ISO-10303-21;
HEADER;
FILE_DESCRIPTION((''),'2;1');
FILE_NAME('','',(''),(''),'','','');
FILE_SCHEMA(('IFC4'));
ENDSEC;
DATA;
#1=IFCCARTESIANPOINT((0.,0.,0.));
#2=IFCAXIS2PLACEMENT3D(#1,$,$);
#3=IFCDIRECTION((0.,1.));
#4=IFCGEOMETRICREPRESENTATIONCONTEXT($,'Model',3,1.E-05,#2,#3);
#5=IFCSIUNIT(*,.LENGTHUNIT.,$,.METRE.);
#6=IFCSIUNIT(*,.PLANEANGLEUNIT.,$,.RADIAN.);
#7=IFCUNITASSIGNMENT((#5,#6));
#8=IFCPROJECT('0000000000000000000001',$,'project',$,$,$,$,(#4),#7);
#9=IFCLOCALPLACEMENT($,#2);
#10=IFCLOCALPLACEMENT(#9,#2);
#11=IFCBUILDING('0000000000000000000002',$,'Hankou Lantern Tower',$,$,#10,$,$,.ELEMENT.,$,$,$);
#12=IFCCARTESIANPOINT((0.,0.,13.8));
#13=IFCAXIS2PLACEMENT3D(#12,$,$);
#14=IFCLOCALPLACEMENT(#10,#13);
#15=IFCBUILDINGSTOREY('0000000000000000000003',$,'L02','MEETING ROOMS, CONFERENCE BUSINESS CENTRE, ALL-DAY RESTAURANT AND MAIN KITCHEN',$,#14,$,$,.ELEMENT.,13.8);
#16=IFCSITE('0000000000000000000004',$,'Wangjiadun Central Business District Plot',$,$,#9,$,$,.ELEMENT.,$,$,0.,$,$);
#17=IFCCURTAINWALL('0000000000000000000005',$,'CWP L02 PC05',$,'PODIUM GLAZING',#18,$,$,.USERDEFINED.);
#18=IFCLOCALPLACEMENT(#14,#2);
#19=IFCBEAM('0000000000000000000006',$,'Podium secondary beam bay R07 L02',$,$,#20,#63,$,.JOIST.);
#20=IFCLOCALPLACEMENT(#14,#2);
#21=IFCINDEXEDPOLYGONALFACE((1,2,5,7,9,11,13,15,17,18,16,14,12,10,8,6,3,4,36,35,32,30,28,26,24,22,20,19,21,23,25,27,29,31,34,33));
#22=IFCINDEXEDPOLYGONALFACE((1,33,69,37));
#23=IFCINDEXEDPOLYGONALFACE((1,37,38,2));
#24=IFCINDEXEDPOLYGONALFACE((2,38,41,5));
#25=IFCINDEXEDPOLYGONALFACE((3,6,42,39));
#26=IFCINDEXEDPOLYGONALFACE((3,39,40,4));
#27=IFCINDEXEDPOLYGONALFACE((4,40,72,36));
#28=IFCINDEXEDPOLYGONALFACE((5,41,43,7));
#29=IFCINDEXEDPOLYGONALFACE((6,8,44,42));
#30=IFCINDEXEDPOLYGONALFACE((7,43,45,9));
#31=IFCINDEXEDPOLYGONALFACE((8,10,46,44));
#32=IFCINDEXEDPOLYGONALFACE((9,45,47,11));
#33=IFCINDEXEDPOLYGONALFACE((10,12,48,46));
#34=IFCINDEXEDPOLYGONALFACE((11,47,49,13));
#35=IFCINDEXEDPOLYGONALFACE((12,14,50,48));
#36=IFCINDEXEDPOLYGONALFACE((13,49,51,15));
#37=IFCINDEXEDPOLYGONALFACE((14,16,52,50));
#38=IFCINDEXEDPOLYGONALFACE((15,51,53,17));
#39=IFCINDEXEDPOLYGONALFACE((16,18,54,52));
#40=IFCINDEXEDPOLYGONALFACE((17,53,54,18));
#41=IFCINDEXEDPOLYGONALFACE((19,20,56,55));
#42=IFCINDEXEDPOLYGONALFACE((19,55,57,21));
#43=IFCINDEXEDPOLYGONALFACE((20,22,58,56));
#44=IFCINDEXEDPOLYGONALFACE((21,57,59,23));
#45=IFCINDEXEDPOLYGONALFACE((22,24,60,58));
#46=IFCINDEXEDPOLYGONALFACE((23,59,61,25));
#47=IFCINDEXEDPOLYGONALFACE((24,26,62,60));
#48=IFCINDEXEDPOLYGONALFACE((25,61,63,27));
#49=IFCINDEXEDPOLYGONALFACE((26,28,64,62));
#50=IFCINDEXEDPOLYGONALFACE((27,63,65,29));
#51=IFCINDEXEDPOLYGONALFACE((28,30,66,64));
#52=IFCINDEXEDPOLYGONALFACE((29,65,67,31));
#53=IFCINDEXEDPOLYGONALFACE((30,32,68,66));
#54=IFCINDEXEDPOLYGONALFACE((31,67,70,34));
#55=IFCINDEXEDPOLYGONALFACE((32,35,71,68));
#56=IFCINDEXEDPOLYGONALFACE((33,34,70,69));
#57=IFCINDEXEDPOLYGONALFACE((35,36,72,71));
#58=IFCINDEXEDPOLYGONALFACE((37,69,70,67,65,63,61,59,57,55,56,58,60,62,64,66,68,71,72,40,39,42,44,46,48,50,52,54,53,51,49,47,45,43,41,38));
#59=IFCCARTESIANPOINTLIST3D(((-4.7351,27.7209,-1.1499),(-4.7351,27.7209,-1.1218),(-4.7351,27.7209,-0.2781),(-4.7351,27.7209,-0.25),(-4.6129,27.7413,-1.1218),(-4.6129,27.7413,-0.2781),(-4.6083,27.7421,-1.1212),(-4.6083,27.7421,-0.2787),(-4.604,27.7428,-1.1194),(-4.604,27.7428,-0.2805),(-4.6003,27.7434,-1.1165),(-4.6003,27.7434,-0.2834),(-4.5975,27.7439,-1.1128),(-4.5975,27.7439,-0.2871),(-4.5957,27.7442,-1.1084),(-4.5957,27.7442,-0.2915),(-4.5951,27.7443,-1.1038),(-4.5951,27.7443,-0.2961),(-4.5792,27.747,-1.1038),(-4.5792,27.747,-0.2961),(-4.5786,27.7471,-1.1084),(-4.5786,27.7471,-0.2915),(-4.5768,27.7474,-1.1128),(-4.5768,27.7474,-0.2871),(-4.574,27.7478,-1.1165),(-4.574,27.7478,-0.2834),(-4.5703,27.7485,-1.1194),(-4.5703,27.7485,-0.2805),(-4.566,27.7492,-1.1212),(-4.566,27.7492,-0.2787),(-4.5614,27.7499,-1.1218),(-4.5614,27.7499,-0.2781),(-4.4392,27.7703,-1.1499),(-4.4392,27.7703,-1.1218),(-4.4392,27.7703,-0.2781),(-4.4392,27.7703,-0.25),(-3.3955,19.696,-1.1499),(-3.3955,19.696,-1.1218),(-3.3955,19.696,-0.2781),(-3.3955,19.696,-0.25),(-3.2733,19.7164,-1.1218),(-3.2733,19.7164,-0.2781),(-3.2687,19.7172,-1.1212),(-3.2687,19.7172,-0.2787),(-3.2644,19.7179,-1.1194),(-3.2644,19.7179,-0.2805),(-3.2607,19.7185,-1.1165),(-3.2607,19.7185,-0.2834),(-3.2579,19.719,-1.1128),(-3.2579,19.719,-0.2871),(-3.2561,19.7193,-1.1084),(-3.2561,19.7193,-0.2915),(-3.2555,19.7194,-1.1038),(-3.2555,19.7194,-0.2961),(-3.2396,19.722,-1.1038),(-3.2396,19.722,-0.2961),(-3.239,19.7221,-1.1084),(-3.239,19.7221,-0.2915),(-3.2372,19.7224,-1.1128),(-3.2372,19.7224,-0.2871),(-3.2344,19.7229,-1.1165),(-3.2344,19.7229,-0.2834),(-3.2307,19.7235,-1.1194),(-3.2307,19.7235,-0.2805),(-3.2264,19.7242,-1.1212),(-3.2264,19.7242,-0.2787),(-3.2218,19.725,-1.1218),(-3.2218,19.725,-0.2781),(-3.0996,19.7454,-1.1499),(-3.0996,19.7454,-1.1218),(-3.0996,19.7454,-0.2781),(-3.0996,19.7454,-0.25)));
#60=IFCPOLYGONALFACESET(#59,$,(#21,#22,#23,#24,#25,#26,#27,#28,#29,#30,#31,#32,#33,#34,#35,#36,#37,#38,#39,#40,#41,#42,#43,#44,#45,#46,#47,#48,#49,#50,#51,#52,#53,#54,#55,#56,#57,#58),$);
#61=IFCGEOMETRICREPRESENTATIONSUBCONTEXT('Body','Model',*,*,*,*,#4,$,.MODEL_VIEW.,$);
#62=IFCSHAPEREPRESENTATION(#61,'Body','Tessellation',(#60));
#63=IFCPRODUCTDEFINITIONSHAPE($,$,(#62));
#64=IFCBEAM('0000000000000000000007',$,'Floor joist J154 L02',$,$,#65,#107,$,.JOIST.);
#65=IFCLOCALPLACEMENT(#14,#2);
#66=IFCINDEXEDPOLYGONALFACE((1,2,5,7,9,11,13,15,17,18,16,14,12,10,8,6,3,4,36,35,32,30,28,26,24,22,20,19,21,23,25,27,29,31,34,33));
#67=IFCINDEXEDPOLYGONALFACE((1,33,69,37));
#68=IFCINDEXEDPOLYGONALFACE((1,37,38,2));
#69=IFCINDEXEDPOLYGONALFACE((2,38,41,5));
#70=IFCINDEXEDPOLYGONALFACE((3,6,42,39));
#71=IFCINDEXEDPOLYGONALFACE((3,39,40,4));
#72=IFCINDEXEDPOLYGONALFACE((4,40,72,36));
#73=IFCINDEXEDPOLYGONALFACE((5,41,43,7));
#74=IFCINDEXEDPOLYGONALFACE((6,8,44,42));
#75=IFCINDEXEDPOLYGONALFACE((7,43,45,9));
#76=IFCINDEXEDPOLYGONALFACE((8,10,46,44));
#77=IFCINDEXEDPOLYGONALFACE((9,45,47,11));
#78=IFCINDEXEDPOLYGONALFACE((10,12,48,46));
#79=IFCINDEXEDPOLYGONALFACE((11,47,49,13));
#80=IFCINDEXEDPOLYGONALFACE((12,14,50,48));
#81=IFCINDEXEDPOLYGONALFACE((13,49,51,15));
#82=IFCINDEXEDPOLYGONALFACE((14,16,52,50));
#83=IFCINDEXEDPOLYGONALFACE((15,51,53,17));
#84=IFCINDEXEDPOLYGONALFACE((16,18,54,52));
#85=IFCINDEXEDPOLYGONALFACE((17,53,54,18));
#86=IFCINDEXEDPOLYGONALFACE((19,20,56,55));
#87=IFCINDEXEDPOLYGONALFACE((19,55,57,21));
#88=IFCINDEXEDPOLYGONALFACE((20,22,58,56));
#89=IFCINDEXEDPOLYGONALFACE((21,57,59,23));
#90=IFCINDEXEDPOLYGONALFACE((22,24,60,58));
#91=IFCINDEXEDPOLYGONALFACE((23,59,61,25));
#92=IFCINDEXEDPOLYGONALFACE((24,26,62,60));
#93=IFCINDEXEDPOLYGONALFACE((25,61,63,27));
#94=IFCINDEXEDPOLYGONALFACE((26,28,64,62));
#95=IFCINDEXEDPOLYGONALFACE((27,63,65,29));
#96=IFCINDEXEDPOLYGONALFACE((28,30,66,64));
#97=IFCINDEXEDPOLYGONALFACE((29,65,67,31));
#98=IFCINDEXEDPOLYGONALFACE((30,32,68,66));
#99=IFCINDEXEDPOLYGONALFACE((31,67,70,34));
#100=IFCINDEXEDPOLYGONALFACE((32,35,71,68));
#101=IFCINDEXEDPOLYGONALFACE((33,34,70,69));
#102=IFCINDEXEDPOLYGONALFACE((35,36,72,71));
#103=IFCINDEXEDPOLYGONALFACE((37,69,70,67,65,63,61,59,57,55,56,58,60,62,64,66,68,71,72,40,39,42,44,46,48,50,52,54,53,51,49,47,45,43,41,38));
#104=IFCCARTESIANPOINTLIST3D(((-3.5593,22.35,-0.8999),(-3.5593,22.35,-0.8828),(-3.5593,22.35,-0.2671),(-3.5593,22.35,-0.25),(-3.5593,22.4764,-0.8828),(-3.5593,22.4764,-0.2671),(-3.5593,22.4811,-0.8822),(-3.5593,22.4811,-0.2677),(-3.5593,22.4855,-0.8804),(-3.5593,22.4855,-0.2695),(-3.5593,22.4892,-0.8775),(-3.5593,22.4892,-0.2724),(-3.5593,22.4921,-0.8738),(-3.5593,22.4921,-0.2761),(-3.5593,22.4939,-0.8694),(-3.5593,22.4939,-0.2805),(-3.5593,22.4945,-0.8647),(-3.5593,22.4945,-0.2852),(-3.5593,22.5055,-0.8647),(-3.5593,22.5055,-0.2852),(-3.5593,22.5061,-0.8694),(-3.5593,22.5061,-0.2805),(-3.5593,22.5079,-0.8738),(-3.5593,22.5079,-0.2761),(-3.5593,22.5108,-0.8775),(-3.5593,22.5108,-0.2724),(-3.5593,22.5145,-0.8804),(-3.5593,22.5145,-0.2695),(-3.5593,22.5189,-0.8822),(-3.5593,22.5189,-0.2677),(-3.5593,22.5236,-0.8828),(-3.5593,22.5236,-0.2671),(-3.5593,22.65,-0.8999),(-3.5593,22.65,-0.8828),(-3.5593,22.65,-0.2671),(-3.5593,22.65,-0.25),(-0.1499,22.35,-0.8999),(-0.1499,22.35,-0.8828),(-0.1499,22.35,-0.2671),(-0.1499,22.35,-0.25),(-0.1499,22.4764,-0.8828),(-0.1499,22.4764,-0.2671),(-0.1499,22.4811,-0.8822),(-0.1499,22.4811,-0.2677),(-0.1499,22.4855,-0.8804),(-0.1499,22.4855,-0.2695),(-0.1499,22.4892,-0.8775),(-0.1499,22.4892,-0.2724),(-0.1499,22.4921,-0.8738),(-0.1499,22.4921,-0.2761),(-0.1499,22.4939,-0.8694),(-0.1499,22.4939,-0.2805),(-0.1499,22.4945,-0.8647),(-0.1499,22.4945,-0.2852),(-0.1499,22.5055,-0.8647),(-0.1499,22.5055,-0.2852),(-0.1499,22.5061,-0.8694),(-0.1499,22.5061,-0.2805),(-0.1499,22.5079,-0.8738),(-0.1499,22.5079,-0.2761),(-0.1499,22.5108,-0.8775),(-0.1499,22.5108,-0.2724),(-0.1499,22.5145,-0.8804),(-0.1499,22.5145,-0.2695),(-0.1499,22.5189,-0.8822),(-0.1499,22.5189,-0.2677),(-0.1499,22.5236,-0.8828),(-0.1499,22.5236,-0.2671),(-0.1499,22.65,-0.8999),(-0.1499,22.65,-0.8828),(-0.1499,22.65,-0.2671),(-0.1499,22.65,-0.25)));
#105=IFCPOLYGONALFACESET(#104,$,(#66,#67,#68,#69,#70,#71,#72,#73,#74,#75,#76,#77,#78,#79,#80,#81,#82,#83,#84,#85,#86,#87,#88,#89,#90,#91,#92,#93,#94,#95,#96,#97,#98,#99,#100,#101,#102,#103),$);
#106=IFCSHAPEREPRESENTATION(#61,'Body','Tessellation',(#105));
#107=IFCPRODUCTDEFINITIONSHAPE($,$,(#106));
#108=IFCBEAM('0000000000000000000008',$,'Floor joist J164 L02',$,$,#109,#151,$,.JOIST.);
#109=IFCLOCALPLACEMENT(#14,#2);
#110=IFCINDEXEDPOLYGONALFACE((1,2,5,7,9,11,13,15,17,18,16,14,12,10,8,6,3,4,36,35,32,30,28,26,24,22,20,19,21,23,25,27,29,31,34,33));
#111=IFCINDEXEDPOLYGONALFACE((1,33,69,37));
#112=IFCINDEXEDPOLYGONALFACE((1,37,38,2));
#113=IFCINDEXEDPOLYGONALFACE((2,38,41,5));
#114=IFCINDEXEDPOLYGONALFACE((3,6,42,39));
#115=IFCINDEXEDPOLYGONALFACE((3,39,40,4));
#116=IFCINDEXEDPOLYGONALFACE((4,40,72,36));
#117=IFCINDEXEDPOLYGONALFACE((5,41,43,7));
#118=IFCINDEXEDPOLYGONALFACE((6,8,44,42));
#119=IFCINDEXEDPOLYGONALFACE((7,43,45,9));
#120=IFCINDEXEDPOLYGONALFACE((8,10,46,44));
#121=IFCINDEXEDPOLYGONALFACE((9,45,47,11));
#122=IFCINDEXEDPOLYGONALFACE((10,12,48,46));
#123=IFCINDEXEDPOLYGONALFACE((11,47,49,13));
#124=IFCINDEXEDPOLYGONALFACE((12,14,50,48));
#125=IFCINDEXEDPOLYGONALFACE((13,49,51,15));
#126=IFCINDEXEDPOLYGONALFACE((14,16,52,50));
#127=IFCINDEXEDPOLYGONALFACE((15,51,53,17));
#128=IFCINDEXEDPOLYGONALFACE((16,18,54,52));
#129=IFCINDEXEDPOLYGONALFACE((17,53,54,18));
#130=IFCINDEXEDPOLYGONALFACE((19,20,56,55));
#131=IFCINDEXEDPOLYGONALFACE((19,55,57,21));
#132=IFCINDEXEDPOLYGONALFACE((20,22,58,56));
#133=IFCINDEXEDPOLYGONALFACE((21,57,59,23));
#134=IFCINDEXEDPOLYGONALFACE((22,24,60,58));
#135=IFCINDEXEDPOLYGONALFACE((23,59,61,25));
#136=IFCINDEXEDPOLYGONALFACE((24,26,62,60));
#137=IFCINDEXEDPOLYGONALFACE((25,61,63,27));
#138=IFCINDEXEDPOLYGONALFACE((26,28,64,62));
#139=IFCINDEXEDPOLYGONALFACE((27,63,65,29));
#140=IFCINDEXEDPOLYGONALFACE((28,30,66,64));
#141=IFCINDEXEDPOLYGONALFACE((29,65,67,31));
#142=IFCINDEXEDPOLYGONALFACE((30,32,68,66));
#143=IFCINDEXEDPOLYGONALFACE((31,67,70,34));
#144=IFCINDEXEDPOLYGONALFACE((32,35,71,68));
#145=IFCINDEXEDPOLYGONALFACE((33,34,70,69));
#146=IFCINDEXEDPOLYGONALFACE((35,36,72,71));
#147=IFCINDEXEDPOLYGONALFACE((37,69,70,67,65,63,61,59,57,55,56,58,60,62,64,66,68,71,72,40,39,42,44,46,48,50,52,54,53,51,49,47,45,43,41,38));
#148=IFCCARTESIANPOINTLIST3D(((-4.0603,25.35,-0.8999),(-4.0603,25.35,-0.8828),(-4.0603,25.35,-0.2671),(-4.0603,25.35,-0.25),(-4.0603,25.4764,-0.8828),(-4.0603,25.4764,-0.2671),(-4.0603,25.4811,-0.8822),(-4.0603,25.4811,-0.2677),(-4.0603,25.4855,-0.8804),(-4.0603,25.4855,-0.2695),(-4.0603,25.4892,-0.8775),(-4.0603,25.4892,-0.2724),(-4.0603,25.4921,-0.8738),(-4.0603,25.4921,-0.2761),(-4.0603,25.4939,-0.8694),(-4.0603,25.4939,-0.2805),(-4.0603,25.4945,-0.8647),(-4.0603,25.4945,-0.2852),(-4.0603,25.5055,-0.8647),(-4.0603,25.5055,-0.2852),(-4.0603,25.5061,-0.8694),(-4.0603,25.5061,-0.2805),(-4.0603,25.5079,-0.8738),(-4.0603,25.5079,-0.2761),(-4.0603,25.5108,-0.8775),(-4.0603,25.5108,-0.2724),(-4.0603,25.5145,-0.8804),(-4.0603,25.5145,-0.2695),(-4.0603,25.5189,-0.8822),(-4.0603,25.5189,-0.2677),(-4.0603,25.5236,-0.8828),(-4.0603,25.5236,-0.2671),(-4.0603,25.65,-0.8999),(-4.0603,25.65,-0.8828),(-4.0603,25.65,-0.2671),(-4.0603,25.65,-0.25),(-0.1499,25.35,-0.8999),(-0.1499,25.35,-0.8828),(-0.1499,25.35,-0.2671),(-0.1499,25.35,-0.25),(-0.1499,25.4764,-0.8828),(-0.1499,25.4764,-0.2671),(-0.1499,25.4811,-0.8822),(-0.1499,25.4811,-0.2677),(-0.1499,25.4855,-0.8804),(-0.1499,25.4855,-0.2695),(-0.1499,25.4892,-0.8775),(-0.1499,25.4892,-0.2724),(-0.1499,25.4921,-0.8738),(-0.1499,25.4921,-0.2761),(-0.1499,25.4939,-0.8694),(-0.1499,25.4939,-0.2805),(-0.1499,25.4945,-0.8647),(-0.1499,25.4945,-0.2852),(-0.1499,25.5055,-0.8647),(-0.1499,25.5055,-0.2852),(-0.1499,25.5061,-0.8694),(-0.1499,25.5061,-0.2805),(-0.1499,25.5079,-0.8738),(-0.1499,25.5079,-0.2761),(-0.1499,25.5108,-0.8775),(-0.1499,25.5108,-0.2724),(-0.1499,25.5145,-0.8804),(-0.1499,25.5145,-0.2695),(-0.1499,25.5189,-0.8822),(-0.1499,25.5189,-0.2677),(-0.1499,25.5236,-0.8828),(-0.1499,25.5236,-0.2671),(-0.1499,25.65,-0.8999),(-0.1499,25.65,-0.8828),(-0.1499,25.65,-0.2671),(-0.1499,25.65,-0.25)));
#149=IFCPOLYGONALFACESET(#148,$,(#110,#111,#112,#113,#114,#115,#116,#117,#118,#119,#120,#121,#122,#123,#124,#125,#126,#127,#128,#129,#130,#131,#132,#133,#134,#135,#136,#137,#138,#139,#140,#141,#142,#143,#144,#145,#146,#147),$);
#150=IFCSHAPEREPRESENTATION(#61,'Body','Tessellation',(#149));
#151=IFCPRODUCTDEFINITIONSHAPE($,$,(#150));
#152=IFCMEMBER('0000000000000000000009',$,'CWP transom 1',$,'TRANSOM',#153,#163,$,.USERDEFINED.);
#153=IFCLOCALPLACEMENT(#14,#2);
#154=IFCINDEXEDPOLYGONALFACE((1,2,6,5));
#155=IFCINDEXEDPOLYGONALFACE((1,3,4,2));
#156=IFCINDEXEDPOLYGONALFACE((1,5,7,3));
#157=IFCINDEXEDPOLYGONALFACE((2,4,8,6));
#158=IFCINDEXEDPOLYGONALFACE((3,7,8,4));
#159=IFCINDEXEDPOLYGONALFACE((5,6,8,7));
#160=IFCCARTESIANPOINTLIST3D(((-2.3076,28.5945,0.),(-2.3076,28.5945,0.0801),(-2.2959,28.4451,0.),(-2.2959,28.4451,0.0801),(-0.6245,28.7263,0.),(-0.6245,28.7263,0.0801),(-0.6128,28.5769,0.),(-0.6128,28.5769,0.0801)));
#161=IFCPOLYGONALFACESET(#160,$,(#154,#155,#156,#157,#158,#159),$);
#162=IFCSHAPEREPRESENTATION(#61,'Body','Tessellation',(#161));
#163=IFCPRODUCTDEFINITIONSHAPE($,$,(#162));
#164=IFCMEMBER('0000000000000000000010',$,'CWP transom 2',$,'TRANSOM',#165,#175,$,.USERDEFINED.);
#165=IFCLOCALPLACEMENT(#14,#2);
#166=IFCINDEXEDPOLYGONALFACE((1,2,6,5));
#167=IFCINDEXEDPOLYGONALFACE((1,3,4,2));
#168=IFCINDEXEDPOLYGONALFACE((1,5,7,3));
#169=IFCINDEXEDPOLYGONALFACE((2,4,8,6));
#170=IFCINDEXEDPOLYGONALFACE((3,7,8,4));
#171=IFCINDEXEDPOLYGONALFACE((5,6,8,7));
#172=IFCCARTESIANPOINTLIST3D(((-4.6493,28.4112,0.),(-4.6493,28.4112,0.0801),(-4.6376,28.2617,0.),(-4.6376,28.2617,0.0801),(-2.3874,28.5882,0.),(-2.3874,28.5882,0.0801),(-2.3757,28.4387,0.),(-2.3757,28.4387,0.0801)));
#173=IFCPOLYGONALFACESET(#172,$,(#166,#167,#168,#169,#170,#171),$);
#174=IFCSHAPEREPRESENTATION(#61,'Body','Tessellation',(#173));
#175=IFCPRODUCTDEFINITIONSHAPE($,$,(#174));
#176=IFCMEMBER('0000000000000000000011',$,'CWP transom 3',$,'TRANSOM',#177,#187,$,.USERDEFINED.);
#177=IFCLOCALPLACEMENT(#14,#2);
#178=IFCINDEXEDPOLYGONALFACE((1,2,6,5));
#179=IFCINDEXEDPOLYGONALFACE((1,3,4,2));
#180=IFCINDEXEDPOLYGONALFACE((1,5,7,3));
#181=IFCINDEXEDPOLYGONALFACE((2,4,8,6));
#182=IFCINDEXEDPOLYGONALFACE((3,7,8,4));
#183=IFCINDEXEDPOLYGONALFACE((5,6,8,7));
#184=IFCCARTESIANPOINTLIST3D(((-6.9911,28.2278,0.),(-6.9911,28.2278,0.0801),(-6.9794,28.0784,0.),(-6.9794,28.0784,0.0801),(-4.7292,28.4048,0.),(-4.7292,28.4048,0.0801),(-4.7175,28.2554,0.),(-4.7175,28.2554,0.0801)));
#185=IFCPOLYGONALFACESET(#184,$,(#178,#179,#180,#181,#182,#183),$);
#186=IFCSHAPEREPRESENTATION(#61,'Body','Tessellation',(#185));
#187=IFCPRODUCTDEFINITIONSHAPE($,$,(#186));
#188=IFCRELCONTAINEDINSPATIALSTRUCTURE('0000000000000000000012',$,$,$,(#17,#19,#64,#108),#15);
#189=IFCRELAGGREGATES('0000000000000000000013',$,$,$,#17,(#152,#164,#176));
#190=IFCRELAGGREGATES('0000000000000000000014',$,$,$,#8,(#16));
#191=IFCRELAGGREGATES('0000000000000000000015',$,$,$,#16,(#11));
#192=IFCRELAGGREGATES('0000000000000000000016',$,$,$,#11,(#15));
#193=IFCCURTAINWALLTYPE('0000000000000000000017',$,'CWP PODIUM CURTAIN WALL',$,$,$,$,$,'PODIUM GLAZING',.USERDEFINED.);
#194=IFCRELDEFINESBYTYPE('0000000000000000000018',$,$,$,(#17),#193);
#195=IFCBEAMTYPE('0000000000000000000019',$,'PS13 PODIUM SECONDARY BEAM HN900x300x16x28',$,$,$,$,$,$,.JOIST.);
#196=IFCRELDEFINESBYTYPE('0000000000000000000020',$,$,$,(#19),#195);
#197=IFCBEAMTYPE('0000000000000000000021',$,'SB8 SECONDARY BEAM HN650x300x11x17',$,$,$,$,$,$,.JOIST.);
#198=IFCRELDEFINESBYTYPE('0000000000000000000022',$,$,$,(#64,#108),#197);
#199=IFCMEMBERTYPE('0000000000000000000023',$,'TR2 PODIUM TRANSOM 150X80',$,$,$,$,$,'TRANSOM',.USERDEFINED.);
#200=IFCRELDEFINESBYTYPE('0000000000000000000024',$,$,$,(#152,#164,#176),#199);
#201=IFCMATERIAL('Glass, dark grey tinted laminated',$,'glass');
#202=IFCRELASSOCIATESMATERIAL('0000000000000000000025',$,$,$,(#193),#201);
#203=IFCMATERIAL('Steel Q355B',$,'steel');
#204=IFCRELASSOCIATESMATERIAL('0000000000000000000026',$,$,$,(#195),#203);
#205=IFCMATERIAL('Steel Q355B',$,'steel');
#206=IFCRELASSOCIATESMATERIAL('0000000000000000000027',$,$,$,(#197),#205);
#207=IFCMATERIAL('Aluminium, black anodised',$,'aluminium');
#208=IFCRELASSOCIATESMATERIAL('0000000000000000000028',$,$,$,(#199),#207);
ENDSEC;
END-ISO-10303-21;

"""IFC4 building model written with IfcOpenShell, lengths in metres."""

from ifc_helpers import new_model, si_unit, direction, frame, origin, origin_2d, place, context, subcontext, project, spatial, rectangle, i_section, extrude, material, material_profile, profile_set, type_object, element, aggregate, save


model = new_model("IFC4")

# Units and contexts
model_context = context("Model", 3, precision=1e-05, world=origin(), true_north=direction((0.0, 1.0)))
body_context = subcontext(model_context, "Body", "Model", "MODEL_VIEW")
ifc_project = project(units=[si_unit("LENGTHUNIT", "METRE"), si_unit("PLANEANGLEUNIT", "RADIAN")], contexts=[model_context])

# Site, building, storey
site_placement = place(None, origin())
site = spatial("IfcSite", under=ifc_project, at=site_placement, Name="Wangjiadun Central Business District Plot", CompositionType="ELEMENT", RefElevation=0.0)
building_placement = place(site_placement, origin())
building = spatial("IfcBuilding", under=site, at=building_placement, Name="Hankou Lantern Tower", CompositionType="ELEMENT")
storey_placement = place(building_placement, frame((0.0, 0.0, 13.8)))
storey = spatial("IfcBuildingStorey", under=building, at=storey_placement, Name="L02", Description="MEETING ROOMS, CONFERENCE BUSINESS CENTRE, ALL-DAY RESTAURANT AND MAIN KITCHEN", CompositionType="ELEMENT", Elevation=13.8)

# Curtain wall
ifc_material_1 = material(Name="Glass, dark grey tinted laminated", Category="glass")
curtain_wall_type = type_object("IfcCurtainWallType", Name="CWP PODIUM CURTAIN WALL", ElementType="PODIUM GLAZING", PredefinedType="USERDEFINED", material=ifc_material_1)
curtain_wall_placement = place(storey_placement, origin())
curtain_wall = element("IfcCurtainWall", 1, at=curtain_wall_placement, inside=storey, type_object=curtain_wall_type, Name="CWP L02 PC05", ObjectType="PODIUM GLAZING", PredefinedType="USERDEFINED")

# Beams
ifc_material_2 = material(Name="Steel Q355B", Category="steel")
ifc_material_profile_1 = material_profile(ifc_material_2, i_section(OverallWidth=0.3, OverallDepth=0.8999, WebThickness=0.0161, FlangeThickness=0.0281, FilletRadius=0.0181, at=origin_2d()), Name="HN900x300x16x28")
ifc_profile_set_1 = profile_set([ifc_material_profile_1], Name="Steel Q355B")
beam_type_1 = type_object("IfcBeamType", Name="PS13 PODIUM SECONDARY BEAM HN900x300x16x28", PredefinedType="JOIST", material=ifc_profile_set_1)
beam_1_placement = place(storey_placement, frame((-3.2476, 19.7207, -0.7), z_axis=(-0.164652, 0.986352, 0.0), x_axis=(-0.986352, -0.164652, 0.0)))
element("IfcBeam", 2, at=beam_1_placement, inside=storey, type_object=beam_type_1, Name="Podium secondary beam bay R07 L02", PredefinedType="JOIST", context=body_context, shape_type="SweptSolid", body=[
    extrude(i_section(OverallWidth=0.3, OverallDepth=0.8999, WebThickness=0.0161, FlangeThickness=0.0281, FilletRadius=0.0181, at=origin_2d()), origin(), (0.0, 0.0, 1.0), 8.136),
])
ifc_material_3 = material(Name="Steel Q355B", Category="steel")
ifc_material_profile_2 = material_profile(ifc_material_3, i_section(OverallWidth=0.3, OverallDepth=0.6499, WebThickness=0.011, FlangeThickness=0.0171, FilletRadius=0.0181, at=origin_2d()), Name="HN650x300x11x17")
ifc_profile_set_2 = profile_set([ifc_material_profile_2], Name="Steel Q355B")
beam_type_2 = type_object("IfcBeamType", Name="SB8 SECONDARY BEAM HN650x300x11x17", PredefinedType="JOIST", material=ifc_profile_set_2)
beam_2_placement = place(storey_placement, frame((-3.5593, 22.5, -0.575), z_axis=(1.0, 0.0, 0.0), x_axis=(0.0, 1.0, 0.0)))
element("IfcBeam", 3, at=beam_2_placement, inside=storey, type_object=beam_type_2, Name="Floor joist J154 L02", PredefinedType="JOIST", context=body_context, shape_type="SweptSolid", body=[
    extrude(i_section(OverallWidth=0.3, OverallDepth=0.6499, WebThickness=0.011, FlangeThickness=0.0171, FilletRadius=0.0181, at=origin_2d()), origin(), (0.0, 0.0, 1.0), 3.4094),
])
beam_3_placement = place(storey_placement, frame((-4.0603, 25.5, -0.575), z_axis=(1.0, 0.0, 0.0), x_axis=(0.0, 1.0, 0.0)))
element("IfcBeam", 4, at=beam_3_placement, inside=storey, type_object=beam_type_2, Name="Floor joist J164 L02", PredefinedType="JOIST", context=body_context, shape_type="SweptSolid", body=[
    extrude(i_section(OverallWidth=0.3, OverallDepth=0.6499, WebThickness=0.011, FlangeThickness=0.0171, FilletRadius=0.0181, at=origin_2d()), origin(), (0.0, 0.0, 1.0), 3.9104),
])

# Members
ifc_material_4 = material(Name="Aluminium, black anodised", Category="aluminium")
ifc_material_profile_3 = material_profile(ifc_material_4, rectangle(XDim=0.1499, YDim=0.0801, at=origin_2d()), Name="TR2 150X80")
ifc_profile_set_3 = profile_set([ifc_material_profile_3], Name="Aluminium, black anodised")
member_type_1 = type_object("IfcMemberType", Name="TR2 PODIUM TRANSOM 150X80", ElementType="TRANSOM", PredefinedType="USERDEFINED", material=ifc_profile_set_3)
member_1_placement = place(storey_placement, frame((-0.6187, 28.6516, 0.04), z_axis=(-0.996946, -0.07809, 0.0), x_axis=(0.07809, -0.996946, 0.0)))
member_1 = element("IfcMember", 5, at=member_1_placement, type_object=member_type_1, Name="CWP transom 1", ObjectType="TRANSOM", PredefinedType="USERDEFINED", context=body_context, shape_type="SweptSolid", body=[
    extrude(rectangle(XDim=0.1499, YDim=0.0801, at=origin_2d()), origin(), (0.0, 0.0, 1.0), 1.6882),
])
member_2_placement = place(storey_placement, frame((-2.3816, 28.5134, 0.04), z_axis=(-0.996952, -0.078013, 0.0), x_axis=(0.078013, -0.996952, 0.0)))
member_2 = element("IfcMember", 6, at=member_2_placement, type_object=member_type_1, Name="CWP transom 2", ObjectType="TRANSOM", PredefinedType="USERDEFINED", context=body_context, shape_type="SweptSolid", body=[
    extrude(rectangle(XDim=0.1499, YDim=0.0801, at=origin_2d()), origin(), (0.0, 0.0, 1.0), 2.2688),
])
member_3_placement = place(storey_placement, frame((-4.7234, 28.3301, 0.04), z_axis=(-0.996952, -0.078013, 0.0), x_axis=(0.078013, -0.996952, 0.0)))
member_3 = element("IfcMember", 7, at=member_3_placement, type_object=member_type_1, Name="CWP transom 3", ObjectType="TRANSOM", PredefinedType="USERDEFINED", context=body_context, shape_type="SweptSolid", body=[
    extrude(rectangle(XDim=0.1499, YDim=0.0801, at=origin_2d()), origin(), (0.0, 0.0, 1.0), 2.2688),
])

aggregate(curtain_wall, [member_1, member_2, member_3])

save(model, "model.ifc")
